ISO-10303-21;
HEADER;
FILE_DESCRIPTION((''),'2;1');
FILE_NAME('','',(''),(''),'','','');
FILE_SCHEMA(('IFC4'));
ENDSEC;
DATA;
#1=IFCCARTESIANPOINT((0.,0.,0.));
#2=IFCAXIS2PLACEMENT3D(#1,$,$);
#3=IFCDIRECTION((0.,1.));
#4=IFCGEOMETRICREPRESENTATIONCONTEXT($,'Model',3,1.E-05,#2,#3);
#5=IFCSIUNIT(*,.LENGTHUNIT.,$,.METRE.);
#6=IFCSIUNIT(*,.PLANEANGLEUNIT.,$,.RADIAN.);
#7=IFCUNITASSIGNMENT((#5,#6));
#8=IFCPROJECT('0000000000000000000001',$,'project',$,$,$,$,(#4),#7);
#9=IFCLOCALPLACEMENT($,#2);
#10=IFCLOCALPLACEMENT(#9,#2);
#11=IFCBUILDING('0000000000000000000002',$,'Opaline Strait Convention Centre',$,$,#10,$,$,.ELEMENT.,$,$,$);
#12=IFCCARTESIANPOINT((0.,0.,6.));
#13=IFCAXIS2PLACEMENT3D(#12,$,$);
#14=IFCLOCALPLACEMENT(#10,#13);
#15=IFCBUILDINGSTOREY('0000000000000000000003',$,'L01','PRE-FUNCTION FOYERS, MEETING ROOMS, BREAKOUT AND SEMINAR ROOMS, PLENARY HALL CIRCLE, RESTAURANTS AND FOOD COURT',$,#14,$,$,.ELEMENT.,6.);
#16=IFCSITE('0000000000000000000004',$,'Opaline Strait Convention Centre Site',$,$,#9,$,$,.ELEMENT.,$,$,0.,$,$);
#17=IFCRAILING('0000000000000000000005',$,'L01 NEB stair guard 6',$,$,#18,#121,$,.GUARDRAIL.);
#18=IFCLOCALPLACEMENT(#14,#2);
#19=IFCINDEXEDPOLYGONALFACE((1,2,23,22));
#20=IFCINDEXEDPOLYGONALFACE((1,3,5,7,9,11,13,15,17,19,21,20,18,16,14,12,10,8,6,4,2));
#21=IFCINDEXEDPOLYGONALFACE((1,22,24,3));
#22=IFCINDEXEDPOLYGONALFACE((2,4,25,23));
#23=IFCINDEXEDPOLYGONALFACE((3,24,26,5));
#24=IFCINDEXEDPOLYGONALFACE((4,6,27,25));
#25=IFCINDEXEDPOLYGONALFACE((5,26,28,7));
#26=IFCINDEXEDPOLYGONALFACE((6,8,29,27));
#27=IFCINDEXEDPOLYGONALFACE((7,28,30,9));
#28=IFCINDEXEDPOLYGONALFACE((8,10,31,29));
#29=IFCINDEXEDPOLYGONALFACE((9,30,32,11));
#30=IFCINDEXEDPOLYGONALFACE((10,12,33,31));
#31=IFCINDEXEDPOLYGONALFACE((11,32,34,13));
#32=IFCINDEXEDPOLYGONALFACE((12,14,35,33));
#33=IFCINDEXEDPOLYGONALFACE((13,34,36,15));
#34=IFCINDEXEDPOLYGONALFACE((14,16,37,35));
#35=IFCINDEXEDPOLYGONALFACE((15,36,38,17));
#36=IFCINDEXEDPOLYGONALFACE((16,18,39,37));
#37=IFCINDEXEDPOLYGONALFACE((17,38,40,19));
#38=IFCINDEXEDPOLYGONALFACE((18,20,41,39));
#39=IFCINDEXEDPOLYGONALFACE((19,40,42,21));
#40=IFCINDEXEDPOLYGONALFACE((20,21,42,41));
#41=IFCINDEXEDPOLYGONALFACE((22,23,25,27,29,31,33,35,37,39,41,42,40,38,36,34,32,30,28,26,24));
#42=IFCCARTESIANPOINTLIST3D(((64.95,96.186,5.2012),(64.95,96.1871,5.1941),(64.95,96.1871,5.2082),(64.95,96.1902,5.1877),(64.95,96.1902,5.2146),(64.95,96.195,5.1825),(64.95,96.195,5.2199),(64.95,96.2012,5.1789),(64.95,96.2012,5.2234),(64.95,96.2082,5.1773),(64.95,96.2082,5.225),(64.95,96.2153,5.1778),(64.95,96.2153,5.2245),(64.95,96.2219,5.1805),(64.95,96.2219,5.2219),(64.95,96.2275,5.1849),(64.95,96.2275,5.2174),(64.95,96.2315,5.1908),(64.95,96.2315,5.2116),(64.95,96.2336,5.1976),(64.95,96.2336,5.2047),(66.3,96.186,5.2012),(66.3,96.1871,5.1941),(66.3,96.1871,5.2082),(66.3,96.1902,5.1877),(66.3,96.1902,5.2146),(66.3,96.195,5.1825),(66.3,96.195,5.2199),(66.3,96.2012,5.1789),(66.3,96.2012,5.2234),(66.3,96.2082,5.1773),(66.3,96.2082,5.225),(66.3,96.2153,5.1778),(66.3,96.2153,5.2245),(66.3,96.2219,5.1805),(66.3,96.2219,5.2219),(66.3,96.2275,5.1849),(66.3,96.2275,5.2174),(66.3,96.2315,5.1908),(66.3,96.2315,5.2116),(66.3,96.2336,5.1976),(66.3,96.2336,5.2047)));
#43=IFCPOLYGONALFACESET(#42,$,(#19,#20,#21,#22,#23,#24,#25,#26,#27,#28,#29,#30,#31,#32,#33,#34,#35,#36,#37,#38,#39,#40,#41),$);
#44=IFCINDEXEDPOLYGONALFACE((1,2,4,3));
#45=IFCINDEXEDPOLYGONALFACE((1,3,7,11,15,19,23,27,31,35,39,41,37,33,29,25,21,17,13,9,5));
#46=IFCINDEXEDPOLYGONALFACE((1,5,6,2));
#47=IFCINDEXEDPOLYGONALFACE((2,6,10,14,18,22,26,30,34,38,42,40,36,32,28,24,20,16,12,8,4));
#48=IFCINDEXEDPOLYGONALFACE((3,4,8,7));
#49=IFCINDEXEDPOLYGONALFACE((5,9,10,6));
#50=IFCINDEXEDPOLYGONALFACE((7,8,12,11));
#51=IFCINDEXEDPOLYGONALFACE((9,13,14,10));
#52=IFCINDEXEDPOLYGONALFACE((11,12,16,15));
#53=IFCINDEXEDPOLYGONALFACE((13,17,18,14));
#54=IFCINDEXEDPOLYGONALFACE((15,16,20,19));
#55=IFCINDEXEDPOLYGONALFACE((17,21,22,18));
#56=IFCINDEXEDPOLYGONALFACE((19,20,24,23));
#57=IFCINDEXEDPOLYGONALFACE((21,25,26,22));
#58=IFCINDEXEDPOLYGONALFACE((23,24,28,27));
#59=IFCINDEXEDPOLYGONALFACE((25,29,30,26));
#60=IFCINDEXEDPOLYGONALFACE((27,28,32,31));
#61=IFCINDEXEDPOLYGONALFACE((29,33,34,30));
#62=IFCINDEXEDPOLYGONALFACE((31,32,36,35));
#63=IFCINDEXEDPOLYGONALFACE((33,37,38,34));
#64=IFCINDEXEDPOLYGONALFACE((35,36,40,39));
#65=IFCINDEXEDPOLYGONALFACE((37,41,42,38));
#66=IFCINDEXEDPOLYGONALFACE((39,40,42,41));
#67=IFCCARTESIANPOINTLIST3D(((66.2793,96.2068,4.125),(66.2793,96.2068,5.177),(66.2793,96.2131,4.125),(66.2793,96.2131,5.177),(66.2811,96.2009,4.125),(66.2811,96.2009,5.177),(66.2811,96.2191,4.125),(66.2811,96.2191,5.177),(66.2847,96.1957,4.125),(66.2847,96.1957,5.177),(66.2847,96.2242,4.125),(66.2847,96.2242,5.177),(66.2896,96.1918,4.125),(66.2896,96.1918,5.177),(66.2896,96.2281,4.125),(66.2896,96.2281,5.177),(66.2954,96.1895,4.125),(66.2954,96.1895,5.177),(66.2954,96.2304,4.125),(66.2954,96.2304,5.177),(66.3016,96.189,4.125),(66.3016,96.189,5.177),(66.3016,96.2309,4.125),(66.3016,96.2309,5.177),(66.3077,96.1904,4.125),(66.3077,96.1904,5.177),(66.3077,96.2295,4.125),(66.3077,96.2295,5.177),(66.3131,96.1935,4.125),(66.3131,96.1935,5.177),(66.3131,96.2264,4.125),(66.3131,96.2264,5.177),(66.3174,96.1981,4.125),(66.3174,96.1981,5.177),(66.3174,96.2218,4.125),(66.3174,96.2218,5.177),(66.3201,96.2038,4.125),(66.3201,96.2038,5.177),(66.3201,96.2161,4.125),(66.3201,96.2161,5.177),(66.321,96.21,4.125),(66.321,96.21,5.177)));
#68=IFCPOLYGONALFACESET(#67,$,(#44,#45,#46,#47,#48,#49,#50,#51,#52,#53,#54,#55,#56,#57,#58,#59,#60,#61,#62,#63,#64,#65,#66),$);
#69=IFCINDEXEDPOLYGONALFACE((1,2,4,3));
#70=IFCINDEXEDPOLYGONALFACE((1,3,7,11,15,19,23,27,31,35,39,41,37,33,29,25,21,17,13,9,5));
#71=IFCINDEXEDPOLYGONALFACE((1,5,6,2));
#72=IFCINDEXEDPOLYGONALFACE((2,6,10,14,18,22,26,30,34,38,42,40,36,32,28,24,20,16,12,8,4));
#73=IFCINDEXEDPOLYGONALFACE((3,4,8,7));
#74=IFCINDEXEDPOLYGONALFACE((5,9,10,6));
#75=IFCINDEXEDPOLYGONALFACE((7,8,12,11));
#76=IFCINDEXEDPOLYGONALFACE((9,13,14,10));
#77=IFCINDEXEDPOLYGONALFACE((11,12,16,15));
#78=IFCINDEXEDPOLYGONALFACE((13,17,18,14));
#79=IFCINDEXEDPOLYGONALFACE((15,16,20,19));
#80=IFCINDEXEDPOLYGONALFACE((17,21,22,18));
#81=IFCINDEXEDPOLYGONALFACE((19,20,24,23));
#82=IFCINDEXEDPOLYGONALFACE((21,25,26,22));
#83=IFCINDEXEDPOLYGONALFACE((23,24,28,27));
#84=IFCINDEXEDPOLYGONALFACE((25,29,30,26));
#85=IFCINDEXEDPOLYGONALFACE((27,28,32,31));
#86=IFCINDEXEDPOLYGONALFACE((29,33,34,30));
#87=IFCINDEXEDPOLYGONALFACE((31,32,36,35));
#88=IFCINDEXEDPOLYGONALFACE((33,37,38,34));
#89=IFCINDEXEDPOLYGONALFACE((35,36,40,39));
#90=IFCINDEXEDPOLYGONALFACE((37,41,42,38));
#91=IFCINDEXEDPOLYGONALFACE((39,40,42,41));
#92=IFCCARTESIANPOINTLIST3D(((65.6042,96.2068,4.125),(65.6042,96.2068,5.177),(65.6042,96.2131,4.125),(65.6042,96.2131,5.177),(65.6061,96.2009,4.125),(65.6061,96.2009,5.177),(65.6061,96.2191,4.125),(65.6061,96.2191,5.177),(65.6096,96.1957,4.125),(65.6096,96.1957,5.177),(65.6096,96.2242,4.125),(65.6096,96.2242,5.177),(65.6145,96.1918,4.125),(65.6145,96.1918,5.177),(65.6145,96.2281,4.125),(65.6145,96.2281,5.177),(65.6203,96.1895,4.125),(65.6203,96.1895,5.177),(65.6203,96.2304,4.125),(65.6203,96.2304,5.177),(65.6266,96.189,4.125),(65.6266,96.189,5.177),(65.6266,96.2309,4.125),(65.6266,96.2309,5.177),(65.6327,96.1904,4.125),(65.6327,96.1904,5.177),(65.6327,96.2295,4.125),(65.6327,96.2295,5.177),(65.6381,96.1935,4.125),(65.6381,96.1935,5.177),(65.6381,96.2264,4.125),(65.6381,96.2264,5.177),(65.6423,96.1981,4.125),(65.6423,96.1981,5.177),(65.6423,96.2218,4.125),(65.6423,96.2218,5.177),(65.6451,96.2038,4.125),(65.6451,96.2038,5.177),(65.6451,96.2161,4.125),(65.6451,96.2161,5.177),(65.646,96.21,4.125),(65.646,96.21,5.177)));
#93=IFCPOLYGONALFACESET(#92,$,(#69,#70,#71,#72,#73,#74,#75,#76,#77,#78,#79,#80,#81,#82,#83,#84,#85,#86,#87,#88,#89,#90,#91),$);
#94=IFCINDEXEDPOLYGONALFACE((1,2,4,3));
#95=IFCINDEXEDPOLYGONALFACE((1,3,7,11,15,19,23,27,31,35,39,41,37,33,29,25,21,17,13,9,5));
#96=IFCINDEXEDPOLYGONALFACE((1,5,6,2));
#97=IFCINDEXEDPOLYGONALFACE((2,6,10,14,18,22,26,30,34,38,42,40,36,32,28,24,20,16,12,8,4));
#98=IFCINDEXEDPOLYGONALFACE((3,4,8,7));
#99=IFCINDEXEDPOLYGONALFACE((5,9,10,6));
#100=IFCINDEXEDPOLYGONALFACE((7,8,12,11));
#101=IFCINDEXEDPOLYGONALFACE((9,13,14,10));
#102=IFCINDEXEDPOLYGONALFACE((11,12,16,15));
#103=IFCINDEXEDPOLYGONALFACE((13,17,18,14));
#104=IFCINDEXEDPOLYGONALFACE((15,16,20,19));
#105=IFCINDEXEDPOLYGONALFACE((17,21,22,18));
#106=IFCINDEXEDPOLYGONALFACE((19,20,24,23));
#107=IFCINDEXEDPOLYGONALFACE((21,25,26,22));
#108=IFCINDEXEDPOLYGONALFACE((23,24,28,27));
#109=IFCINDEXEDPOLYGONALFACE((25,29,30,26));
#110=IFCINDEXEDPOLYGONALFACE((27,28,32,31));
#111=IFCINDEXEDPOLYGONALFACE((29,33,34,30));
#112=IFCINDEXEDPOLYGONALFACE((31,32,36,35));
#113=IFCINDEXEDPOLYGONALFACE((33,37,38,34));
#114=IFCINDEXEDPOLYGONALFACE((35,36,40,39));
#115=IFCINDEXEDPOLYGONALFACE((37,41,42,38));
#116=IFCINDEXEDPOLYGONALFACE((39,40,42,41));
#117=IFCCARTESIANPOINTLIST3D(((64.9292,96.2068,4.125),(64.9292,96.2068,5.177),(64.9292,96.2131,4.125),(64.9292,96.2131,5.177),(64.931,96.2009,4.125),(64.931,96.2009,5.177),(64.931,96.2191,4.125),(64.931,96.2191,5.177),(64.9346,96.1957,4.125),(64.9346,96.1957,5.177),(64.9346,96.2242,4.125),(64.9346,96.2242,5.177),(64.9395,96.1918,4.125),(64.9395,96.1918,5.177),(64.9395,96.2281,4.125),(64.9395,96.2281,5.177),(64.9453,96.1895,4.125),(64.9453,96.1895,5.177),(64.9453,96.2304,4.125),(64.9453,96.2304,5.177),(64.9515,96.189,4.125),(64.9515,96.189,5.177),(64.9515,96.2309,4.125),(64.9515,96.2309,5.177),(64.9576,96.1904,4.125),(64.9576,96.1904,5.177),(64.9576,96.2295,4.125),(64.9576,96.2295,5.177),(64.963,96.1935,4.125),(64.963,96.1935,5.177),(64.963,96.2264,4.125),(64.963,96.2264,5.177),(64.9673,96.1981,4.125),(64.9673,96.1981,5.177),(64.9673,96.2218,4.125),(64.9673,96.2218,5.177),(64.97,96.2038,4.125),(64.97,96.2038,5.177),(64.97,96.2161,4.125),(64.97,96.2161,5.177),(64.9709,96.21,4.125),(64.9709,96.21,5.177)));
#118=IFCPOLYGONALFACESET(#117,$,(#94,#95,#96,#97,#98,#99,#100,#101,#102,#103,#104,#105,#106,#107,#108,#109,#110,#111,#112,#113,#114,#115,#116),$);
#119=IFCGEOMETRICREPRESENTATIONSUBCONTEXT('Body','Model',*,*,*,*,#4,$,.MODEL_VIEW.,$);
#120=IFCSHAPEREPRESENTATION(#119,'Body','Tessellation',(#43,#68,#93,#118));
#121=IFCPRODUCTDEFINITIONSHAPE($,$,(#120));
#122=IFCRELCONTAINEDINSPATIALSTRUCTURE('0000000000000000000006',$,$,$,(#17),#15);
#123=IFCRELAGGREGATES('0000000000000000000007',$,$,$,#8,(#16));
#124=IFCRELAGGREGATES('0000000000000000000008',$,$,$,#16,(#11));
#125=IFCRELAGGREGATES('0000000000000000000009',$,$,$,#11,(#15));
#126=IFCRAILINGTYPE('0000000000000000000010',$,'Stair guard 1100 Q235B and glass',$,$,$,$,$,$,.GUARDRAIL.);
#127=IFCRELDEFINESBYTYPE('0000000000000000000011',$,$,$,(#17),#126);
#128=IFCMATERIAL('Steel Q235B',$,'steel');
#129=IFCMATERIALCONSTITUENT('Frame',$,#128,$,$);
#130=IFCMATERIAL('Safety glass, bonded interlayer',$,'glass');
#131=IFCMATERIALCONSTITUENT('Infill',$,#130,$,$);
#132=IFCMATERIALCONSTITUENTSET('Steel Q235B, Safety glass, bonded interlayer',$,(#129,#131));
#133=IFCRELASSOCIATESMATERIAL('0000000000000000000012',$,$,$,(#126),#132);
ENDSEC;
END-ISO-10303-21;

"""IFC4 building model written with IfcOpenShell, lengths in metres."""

from ifc_helpers import new_model, si_unit, direction, frame, origin, origin_2d, place, context, subcontext, project, spatial, circle, extrude, material, constituent, constituent_set, type_object, element, save


model = new_model("IFC4")

# Units and contexts
model_context = context("Model", 3, precision=1e-05, world=origin(), true_north=direction((0.0, 1.0)))
body_context = subcontext(model_context, "Body", "Model", "MODEL_VIEW")
ifc_project = project(units=[si_unit("LENGTHUNIT", "METRE"), si_unit("PLANEANGLEUNIT", "RADIAN")], contexts=[model_context])

# Site, building, storey
site_placement = place(None, origin())
site = spatial("IfcSite", under=ifc_project, at=site_placement, Name="Opaline Strait Convention Centre Site", CompositionType="ELEMENT", RefElevation=0.0)
building_placement = place(site_placement, origin())
building = spatial("IfcBuilding", under=site, at=building_placement, Name="Opaline Strait Convention Centre", CompositionType="ELEMENT")
storey_placement = place(building_placement, frame((0.0, 0.0, 6.0)))
storey = spatial("IfcBuildingStorey", under=building, at=storey_placement, Name="L01", Description="PRE-FUNCTION FOYERS, MEETING ROOMS, BREAKOUT AND SEMINAR ROOMS, PLENARY HALL CIRCLE, RESTAURANTS AND FOOD COURT", CompositionType="ELEMENT", Elevation=6.0)

# Railing
ifc_material_1 = material(Name="Safety glass, bonded interlayer", Category="glass")
ifc_material_2 = material(Name="Steel Q235B", Category="steel")
ifc_constituent_1 = constituent(ifc_material_2, Name="Frame")
ifc_constituent_2 = constituent(ifc_material_1, Name="Infill")
ifc_constituent_set_1 = constituent_set(constituents=[ifc_constituent_1, ifc_constituent_2], Name="Steel Q235B, Safety glass, bonded interlayer")
railing_type_1 = type_object("IfcRailingType", Name="Stair guard 1100 Q235B and glass", PredefinedType="GUARDRAIL", material=ifc_constituent_set_1)
railing_1_placement = place(storey_placement, frame((66.3, 96.21, 4.125)))
element("IfcRailing", 1, at=railing_1_placement, inside=storey, type_object=railing_type_1, Name="L01 NEB stair guard 6", PredefinedType="GUARDRAIL", context=body_context, shape_type="SweptSolid", body=[
    extrude(circle(Radius=0.0239, at=origin_2d()), frame((0.0, 0.0, 1.0762), z_axis=(-1.0, 0.0, 0.0), x_axis=(0.0, -1.0, 0.0)), (0.0, 0.0, 1.0), 1.3501),
    extrude(circle(Radius=0.021, at=origin_2d()), origin(), (0.0, 0.0, 1.0), 1.052),
    extrude(circle(Radius=0.021, at=origin_2d()), frame((-0.675, 0.0, 0.0)), (0.0, 0.0, 1.0), 1.052),
    extrude(circle(Radius=0.021, at=origin_2d()), frame((-1.3501, 0.0, 0.0)), (0.0, 0.0, 1.0), 1.052),
])

save(model, "model.ifc")
